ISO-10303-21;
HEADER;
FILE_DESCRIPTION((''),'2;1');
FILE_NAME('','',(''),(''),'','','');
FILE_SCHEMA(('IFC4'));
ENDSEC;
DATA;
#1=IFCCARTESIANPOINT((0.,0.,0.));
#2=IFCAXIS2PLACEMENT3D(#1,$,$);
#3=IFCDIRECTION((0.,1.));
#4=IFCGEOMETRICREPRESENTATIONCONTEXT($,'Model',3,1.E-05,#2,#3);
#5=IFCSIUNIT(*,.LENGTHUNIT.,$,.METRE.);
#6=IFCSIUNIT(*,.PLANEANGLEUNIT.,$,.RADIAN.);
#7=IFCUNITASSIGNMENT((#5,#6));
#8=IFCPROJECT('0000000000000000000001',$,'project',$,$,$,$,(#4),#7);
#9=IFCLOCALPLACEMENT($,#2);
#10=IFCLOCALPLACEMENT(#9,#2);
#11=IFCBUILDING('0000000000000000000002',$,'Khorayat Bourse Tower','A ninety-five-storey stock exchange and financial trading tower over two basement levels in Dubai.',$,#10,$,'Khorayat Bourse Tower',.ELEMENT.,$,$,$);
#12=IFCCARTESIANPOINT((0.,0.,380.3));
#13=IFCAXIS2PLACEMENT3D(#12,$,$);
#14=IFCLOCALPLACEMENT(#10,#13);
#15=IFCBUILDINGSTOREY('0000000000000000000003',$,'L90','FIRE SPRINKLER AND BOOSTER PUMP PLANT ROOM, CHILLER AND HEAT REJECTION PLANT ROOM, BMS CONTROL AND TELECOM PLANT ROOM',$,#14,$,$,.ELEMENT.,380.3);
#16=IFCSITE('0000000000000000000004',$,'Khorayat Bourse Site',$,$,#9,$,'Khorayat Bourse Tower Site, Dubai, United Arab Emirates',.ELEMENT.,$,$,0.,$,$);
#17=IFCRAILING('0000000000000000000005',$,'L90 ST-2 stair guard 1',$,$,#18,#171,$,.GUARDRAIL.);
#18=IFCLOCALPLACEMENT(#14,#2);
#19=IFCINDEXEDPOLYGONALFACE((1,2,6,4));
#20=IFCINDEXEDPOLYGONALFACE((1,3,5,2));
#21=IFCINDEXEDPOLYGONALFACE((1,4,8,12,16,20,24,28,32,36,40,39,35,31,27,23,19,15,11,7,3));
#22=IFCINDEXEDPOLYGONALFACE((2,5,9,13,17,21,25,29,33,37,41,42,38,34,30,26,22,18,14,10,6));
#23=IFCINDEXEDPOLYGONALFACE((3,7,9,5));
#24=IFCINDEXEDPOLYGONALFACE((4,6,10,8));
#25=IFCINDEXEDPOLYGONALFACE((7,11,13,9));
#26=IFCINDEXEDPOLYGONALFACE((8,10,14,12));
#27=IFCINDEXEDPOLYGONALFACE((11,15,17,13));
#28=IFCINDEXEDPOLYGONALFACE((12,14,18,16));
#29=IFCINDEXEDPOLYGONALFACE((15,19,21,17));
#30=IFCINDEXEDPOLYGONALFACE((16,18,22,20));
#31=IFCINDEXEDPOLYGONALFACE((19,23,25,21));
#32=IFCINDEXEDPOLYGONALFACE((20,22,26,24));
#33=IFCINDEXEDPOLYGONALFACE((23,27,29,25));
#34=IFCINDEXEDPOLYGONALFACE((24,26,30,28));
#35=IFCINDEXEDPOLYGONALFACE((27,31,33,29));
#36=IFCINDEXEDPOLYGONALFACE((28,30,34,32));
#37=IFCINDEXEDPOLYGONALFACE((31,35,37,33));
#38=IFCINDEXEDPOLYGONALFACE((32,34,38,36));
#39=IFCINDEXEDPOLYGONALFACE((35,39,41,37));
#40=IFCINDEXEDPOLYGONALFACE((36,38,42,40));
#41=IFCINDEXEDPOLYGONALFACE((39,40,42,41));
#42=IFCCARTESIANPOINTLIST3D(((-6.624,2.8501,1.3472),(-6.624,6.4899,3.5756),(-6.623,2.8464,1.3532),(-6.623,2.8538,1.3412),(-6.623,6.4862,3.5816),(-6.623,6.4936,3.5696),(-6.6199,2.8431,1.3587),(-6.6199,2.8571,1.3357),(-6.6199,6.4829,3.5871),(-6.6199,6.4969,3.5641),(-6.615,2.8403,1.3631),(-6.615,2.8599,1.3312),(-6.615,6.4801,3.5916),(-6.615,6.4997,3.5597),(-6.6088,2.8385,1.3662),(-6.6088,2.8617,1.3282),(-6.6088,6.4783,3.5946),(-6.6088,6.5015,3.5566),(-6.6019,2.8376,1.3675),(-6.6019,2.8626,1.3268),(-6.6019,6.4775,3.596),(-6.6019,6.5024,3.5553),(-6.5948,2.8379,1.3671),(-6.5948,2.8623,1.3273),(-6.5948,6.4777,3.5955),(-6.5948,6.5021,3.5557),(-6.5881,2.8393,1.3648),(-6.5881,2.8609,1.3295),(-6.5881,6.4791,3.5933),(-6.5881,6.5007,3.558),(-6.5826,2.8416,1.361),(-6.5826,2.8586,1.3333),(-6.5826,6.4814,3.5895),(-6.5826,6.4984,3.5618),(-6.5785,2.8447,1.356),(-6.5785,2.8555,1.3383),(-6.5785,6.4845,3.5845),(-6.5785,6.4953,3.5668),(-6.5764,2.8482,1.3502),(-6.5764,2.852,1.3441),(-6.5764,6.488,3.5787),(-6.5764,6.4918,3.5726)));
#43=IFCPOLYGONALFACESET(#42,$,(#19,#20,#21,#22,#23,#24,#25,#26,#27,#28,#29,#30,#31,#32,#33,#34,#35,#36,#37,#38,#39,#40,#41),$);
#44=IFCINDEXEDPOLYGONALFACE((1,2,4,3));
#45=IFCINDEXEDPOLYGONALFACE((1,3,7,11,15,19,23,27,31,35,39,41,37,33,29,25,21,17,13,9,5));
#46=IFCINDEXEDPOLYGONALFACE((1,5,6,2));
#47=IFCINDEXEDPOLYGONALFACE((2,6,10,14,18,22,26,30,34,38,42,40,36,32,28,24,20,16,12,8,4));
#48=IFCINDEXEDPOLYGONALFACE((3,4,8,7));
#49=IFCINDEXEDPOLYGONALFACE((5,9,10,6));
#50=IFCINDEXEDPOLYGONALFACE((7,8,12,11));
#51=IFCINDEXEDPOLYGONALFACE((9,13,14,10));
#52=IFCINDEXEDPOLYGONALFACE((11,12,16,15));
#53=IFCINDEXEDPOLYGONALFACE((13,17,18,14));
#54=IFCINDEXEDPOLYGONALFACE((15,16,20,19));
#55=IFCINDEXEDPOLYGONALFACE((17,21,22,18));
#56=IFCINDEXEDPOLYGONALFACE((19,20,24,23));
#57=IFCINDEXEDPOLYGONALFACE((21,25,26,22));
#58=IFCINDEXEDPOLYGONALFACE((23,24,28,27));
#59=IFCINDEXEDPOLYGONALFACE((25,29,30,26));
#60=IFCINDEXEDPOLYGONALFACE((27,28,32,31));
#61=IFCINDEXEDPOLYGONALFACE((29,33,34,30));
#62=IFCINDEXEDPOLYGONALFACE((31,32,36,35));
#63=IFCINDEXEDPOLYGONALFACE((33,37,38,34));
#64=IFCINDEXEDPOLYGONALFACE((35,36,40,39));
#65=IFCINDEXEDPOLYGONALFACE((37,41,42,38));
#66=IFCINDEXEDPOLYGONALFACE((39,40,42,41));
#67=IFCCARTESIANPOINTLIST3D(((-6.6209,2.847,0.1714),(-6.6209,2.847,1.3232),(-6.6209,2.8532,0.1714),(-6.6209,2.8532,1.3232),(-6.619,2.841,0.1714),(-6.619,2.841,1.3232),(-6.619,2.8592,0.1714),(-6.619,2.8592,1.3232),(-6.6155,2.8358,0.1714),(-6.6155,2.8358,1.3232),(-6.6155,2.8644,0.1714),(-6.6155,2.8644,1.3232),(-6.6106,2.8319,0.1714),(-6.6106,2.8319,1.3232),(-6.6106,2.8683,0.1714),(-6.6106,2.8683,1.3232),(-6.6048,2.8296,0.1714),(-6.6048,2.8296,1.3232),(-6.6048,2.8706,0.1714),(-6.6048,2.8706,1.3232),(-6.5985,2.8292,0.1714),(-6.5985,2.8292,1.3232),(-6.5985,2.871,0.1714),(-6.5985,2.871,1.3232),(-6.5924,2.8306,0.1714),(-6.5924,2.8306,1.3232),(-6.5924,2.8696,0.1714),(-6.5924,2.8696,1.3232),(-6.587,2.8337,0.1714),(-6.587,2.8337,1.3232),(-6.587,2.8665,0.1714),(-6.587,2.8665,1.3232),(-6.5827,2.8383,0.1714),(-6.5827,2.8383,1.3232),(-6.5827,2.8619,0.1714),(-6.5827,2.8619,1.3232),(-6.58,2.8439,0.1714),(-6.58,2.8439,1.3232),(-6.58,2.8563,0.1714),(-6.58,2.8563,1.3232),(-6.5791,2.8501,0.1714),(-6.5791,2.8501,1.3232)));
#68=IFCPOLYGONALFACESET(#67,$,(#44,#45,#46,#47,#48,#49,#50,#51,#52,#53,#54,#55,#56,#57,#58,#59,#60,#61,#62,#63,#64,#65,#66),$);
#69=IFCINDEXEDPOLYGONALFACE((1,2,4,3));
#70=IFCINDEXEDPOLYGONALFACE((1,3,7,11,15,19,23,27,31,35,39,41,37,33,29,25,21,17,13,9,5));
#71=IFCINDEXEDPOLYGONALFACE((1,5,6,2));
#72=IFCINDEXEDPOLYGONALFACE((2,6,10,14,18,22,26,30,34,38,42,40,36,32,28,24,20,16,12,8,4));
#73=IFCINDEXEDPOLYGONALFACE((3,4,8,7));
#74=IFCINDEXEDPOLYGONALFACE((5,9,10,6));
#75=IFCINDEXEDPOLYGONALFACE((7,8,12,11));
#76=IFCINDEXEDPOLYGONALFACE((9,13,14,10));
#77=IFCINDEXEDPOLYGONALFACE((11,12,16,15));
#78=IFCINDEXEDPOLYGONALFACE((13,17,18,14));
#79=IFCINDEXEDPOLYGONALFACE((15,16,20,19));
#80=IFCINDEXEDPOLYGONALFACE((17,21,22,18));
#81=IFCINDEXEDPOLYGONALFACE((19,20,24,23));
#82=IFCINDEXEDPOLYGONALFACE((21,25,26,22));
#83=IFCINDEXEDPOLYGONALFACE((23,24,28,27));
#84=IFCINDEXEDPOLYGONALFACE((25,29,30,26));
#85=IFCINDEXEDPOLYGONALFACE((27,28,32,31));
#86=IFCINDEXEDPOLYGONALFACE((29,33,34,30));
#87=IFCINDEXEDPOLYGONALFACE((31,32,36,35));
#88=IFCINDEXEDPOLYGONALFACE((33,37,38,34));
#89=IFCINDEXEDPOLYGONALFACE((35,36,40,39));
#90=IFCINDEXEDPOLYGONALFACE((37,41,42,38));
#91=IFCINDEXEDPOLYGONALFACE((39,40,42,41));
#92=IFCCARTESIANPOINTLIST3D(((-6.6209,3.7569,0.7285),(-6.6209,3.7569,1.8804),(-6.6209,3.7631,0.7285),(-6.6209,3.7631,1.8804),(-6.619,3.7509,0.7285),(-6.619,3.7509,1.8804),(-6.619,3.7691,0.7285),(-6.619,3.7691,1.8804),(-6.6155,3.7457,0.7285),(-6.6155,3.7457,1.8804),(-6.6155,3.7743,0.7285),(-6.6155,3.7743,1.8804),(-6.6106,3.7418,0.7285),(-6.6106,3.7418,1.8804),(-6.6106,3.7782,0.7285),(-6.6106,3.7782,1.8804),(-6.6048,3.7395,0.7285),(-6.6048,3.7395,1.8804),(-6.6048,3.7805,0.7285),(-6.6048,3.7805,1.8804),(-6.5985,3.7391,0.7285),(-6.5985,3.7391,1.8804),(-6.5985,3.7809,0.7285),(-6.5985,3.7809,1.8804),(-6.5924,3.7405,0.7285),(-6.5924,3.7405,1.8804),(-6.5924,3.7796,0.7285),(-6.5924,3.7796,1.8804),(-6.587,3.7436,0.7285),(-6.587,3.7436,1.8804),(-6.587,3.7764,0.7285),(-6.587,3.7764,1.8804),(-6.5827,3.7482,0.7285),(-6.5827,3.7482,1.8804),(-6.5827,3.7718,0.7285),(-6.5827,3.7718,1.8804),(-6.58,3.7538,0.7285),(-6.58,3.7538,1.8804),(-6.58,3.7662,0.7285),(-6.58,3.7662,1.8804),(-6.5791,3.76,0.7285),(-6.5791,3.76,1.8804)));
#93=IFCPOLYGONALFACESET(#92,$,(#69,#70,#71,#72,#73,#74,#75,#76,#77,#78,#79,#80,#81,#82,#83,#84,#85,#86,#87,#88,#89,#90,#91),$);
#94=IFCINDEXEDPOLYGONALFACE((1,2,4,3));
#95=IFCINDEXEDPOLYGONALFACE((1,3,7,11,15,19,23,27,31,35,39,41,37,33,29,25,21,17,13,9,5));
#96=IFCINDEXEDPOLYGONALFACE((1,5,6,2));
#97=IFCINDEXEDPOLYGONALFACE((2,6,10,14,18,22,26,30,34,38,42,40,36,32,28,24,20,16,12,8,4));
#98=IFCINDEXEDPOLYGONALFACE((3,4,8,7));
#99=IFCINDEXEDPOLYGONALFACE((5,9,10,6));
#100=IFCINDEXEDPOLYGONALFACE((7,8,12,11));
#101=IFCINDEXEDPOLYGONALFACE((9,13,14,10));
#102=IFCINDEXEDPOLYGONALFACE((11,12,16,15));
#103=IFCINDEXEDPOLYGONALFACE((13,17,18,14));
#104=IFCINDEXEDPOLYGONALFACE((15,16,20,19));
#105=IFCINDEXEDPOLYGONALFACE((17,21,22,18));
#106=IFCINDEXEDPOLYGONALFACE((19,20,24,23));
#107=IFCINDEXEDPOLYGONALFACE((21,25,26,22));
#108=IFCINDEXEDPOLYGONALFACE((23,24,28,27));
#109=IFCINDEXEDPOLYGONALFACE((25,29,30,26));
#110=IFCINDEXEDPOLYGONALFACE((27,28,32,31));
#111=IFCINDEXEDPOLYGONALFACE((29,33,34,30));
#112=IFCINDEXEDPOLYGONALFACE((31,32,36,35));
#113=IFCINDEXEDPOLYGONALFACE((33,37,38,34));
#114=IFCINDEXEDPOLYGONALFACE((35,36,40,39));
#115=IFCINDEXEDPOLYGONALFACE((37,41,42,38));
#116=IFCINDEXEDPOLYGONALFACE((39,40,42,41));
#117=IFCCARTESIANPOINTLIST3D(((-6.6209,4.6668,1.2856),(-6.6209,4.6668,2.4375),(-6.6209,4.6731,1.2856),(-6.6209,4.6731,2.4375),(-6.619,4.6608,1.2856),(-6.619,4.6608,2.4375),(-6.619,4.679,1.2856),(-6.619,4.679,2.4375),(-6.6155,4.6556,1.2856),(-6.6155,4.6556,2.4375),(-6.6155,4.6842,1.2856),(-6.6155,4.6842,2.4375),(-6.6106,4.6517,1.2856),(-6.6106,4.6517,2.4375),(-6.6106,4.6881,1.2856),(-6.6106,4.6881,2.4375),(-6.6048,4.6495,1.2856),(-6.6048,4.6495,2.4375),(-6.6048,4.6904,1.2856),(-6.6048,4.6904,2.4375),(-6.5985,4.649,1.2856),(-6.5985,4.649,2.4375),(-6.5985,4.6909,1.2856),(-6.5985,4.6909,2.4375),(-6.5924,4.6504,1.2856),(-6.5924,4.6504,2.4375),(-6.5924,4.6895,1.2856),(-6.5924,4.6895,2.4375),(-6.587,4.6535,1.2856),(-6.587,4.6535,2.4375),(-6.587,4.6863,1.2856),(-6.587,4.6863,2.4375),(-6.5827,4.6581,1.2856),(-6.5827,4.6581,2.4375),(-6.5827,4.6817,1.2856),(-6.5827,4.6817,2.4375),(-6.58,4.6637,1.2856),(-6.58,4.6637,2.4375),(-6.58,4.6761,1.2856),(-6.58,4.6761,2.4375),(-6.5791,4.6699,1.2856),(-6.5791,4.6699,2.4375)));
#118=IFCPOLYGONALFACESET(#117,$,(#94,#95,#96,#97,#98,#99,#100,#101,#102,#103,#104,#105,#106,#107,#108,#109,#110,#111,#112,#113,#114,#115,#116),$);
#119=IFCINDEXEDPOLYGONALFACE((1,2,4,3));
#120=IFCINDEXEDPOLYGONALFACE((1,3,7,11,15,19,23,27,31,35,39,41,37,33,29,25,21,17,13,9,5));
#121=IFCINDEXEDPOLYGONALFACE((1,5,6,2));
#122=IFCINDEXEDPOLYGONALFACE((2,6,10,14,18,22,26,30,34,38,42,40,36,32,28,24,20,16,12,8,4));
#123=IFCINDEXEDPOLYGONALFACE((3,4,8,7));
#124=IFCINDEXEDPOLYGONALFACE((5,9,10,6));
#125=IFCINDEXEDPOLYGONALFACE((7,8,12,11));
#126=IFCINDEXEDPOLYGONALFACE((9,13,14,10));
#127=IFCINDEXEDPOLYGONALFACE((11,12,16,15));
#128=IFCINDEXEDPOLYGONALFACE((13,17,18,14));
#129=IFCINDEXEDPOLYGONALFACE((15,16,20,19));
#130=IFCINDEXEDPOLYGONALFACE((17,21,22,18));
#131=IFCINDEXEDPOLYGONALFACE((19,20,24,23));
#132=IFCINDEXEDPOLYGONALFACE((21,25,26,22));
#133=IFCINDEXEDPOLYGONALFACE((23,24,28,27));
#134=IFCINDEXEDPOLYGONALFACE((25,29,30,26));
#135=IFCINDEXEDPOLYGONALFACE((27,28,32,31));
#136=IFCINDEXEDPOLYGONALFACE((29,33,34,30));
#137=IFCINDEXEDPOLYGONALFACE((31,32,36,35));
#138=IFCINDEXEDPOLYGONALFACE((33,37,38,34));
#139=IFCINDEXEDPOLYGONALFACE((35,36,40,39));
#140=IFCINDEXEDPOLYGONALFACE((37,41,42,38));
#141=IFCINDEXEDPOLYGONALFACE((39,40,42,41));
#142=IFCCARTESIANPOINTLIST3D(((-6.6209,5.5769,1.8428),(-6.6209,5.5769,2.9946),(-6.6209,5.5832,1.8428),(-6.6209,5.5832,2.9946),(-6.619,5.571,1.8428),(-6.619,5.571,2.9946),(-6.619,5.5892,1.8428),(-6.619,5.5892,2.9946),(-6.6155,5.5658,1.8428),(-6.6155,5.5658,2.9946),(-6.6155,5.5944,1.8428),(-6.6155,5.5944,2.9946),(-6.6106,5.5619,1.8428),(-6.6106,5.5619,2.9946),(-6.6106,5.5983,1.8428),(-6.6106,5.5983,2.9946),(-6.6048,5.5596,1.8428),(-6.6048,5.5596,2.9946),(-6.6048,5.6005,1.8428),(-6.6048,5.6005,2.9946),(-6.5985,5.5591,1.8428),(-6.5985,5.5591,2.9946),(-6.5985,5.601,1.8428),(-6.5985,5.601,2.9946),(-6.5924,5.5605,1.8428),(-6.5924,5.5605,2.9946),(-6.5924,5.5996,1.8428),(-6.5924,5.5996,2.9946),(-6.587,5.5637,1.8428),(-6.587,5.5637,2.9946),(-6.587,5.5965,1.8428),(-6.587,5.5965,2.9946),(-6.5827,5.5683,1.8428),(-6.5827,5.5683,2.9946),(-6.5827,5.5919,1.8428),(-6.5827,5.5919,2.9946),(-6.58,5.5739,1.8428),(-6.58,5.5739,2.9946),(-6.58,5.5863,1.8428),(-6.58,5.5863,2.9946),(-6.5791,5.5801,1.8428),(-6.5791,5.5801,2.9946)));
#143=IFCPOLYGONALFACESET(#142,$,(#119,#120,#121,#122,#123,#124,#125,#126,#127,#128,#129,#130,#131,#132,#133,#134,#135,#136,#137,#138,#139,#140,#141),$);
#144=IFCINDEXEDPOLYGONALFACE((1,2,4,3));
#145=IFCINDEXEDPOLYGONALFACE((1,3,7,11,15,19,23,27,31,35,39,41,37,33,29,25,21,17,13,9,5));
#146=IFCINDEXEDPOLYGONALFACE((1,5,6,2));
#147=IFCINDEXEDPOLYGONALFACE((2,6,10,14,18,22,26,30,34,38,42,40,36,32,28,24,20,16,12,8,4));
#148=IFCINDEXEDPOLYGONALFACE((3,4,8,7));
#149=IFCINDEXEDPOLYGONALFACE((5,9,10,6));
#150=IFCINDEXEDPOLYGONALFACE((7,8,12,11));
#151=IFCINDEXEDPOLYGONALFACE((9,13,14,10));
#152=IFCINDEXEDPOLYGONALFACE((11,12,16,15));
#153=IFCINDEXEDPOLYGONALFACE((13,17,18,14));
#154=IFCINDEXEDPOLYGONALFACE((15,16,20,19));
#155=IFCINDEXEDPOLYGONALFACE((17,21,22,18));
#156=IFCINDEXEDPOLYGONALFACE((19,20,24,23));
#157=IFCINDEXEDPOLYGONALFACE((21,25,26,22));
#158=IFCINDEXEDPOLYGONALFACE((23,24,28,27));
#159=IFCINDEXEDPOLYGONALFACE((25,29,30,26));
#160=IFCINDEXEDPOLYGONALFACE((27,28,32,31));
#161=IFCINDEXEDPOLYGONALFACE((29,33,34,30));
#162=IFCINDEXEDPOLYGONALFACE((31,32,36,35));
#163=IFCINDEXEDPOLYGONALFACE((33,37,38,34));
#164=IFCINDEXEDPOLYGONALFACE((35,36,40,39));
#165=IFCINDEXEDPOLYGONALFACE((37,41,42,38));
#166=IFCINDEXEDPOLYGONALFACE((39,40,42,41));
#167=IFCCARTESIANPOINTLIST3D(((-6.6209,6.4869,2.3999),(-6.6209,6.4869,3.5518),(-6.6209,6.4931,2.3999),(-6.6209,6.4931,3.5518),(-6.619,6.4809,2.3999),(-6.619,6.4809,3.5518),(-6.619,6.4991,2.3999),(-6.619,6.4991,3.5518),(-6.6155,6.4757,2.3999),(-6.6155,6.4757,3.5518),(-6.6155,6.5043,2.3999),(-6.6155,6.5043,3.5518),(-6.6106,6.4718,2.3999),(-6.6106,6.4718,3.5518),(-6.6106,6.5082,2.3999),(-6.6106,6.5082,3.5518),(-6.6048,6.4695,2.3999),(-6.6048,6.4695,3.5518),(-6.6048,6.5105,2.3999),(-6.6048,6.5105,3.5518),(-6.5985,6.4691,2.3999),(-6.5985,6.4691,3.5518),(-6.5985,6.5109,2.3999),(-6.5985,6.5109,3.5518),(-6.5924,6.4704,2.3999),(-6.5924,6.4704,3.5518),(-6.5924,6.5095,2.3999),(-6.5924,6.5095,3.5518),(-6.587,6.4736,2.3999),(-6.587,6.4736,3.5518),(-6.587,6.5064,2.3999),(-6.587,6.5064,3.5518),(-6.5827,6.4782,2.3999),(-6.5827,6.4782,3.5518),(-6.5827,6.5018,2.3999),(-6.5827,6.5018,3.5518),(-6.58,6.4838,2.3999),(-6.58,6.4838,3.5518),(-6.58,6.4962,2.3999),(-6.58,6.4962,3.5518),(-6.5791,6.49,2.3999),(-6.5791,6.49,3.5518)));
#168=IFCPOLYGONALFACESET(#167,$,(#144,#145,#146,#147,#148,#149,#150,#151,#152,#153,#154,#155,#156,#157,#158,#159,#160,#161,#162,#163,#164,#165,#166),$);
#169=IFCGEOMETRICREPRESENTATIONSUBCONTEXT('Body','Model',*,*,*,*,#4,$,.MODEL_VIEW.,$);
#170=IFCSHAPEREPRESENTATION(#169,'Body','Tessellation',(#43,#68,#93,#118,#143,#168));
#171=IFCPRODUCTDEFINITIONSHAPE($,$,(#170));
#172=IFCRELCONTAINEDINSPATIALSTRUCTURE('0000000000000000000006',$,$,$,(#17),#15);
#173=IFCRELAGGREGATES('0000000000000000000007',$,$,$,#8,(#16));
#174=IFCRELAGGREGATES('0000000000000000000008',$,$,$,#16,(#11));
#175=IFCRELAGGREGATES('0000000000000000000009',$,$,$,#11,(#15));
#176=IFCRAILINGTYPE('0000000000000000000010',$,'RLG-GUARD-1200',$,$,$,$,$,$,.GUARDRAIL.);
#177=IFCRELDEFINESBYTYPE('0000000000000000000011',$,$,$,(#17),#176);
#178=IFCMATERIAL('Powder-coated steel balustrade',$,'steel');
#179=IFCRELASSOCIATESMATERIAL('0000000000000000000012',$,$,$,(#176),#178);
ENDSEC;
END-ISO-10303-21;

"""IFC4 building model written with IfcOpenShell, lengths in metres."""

from ifc_helpers import new_model, si_unit, direction, frame, origin, origin_2d, place, context, subcontext, project, spatial, circle, extrude, source, transform, mapped, material, type_object, element, save


model = new_model("IFC4")

# Units and contexts
model_context = context("Model", 3, precision=1e-05, world=origin(), true_north=direction((0.0, 1.0)))
body_context = subcontext(model_context, "Body", "Model", "MODEL_VIEW")
ifc_project = project(units=[si_unit("LENGTHUNIT", "METRE"), si_unit("PLANEANGLEUNIT", "RADIAN")], contexts=[model_context])

# Site, building, storey
site_placement = place(None, origin())
site = spatial("IfcSite", under=ifc_project, at=site_placement, Name="Khorayat Bourse Site", LongName="Khorayat Bourse Tower Site, Dubai, United Arab Emirates", CompositionType="ELEMENT", RefElevation=0.0)
building_placement = place(site_placement, origin())
building = spatial("IfcBuilding", under=site, at=building_placement, Name="Khorayat Bourse Tower", Description="A ninety-five-storey stock exchange and financial trading tower over two basement levels in Dubai.", LongName="Khorayat Bourse Tower", CompositionType="ELEMENT")
storey_placement = place(building_placement, frame((0.0, 0.0, 380.3)))
storey = spatial("IfcBuildingStorey", under=building, at=storey_placement, Name="L90", Description="FIRE SPRINKLER AND BOOSTER PUMP PLANT ROOM, CHILLER AND HEAT REJECTION PLANT ROOM, BMS CONTROL AND TELECOM PLANT ROOM", CompositionType="ELEMENT", Elevation=380.3)

# Railing
ifc_material_1 = material(Name="Powder-coated steel balustrade", Category="steel")
railing_type_1 = type_object("IfcRailingType", Name="RLG-GUARD-1200", PredefinedType="GUARDRAIL", material=ifc_material_1)
shared_shape_1 = source(origin(), body_context, "Body", "SweptSolid", [
    extrude(circle(Radius=0.0239, at=origin_2d()), frame((0.0, 0.0, 1.1758), z_axis=(0.0, 0.85285, 0.522156), x_axis=(-1.0, 0.0, 0.0)), (0.0, 0.0, 1.0), 4.2678),
    extrude(circle(Radius=0.021, at=origin_2d()), origin(), (0.0, 0.0, 1.0), 1.1519),
    extrude(circle(Radius=0.021, at=origin_2d()), frame((0.0, 0.9099, 0.5571)), (0.0, 0.0, 1.0), 1.1519),
    extrude(circle(Radius=0.021, at=origin_2d()), frame((0.0, 1.8198, 1.1143)), (0.0, 0.0, 1.0), 1.1519),
    extrude(circle(Radius=0.021, at=origin_2d()), frame((0.0, 2.73, 1.6714)), (0.0, 0.0, 1.0), 1.1519),
    extrude(circle(Radius=0.021, at=origin_2d()), frame((0.0, 3.6399, 2.2285)), (0.0, 0.0, 1.0), 1.1519),
])
railing_1_placement = place(storey_placement, frame((-6.6001, 2.8501, 0.1714)))
element("IfcRailing", 1, at=railing_1_placement, inside=storey, type_object=railing_type_1, Name="L90 ST-2 stair guard 1", PredefinedType="GUARDRAIL", context=body_context, shape_type="MappedRepresentation", body=[
    mapped(shared_shape_1, transform((0.0, 0.0, 0.0), scale=1.0)),
])

save(model, "model.ifc")
